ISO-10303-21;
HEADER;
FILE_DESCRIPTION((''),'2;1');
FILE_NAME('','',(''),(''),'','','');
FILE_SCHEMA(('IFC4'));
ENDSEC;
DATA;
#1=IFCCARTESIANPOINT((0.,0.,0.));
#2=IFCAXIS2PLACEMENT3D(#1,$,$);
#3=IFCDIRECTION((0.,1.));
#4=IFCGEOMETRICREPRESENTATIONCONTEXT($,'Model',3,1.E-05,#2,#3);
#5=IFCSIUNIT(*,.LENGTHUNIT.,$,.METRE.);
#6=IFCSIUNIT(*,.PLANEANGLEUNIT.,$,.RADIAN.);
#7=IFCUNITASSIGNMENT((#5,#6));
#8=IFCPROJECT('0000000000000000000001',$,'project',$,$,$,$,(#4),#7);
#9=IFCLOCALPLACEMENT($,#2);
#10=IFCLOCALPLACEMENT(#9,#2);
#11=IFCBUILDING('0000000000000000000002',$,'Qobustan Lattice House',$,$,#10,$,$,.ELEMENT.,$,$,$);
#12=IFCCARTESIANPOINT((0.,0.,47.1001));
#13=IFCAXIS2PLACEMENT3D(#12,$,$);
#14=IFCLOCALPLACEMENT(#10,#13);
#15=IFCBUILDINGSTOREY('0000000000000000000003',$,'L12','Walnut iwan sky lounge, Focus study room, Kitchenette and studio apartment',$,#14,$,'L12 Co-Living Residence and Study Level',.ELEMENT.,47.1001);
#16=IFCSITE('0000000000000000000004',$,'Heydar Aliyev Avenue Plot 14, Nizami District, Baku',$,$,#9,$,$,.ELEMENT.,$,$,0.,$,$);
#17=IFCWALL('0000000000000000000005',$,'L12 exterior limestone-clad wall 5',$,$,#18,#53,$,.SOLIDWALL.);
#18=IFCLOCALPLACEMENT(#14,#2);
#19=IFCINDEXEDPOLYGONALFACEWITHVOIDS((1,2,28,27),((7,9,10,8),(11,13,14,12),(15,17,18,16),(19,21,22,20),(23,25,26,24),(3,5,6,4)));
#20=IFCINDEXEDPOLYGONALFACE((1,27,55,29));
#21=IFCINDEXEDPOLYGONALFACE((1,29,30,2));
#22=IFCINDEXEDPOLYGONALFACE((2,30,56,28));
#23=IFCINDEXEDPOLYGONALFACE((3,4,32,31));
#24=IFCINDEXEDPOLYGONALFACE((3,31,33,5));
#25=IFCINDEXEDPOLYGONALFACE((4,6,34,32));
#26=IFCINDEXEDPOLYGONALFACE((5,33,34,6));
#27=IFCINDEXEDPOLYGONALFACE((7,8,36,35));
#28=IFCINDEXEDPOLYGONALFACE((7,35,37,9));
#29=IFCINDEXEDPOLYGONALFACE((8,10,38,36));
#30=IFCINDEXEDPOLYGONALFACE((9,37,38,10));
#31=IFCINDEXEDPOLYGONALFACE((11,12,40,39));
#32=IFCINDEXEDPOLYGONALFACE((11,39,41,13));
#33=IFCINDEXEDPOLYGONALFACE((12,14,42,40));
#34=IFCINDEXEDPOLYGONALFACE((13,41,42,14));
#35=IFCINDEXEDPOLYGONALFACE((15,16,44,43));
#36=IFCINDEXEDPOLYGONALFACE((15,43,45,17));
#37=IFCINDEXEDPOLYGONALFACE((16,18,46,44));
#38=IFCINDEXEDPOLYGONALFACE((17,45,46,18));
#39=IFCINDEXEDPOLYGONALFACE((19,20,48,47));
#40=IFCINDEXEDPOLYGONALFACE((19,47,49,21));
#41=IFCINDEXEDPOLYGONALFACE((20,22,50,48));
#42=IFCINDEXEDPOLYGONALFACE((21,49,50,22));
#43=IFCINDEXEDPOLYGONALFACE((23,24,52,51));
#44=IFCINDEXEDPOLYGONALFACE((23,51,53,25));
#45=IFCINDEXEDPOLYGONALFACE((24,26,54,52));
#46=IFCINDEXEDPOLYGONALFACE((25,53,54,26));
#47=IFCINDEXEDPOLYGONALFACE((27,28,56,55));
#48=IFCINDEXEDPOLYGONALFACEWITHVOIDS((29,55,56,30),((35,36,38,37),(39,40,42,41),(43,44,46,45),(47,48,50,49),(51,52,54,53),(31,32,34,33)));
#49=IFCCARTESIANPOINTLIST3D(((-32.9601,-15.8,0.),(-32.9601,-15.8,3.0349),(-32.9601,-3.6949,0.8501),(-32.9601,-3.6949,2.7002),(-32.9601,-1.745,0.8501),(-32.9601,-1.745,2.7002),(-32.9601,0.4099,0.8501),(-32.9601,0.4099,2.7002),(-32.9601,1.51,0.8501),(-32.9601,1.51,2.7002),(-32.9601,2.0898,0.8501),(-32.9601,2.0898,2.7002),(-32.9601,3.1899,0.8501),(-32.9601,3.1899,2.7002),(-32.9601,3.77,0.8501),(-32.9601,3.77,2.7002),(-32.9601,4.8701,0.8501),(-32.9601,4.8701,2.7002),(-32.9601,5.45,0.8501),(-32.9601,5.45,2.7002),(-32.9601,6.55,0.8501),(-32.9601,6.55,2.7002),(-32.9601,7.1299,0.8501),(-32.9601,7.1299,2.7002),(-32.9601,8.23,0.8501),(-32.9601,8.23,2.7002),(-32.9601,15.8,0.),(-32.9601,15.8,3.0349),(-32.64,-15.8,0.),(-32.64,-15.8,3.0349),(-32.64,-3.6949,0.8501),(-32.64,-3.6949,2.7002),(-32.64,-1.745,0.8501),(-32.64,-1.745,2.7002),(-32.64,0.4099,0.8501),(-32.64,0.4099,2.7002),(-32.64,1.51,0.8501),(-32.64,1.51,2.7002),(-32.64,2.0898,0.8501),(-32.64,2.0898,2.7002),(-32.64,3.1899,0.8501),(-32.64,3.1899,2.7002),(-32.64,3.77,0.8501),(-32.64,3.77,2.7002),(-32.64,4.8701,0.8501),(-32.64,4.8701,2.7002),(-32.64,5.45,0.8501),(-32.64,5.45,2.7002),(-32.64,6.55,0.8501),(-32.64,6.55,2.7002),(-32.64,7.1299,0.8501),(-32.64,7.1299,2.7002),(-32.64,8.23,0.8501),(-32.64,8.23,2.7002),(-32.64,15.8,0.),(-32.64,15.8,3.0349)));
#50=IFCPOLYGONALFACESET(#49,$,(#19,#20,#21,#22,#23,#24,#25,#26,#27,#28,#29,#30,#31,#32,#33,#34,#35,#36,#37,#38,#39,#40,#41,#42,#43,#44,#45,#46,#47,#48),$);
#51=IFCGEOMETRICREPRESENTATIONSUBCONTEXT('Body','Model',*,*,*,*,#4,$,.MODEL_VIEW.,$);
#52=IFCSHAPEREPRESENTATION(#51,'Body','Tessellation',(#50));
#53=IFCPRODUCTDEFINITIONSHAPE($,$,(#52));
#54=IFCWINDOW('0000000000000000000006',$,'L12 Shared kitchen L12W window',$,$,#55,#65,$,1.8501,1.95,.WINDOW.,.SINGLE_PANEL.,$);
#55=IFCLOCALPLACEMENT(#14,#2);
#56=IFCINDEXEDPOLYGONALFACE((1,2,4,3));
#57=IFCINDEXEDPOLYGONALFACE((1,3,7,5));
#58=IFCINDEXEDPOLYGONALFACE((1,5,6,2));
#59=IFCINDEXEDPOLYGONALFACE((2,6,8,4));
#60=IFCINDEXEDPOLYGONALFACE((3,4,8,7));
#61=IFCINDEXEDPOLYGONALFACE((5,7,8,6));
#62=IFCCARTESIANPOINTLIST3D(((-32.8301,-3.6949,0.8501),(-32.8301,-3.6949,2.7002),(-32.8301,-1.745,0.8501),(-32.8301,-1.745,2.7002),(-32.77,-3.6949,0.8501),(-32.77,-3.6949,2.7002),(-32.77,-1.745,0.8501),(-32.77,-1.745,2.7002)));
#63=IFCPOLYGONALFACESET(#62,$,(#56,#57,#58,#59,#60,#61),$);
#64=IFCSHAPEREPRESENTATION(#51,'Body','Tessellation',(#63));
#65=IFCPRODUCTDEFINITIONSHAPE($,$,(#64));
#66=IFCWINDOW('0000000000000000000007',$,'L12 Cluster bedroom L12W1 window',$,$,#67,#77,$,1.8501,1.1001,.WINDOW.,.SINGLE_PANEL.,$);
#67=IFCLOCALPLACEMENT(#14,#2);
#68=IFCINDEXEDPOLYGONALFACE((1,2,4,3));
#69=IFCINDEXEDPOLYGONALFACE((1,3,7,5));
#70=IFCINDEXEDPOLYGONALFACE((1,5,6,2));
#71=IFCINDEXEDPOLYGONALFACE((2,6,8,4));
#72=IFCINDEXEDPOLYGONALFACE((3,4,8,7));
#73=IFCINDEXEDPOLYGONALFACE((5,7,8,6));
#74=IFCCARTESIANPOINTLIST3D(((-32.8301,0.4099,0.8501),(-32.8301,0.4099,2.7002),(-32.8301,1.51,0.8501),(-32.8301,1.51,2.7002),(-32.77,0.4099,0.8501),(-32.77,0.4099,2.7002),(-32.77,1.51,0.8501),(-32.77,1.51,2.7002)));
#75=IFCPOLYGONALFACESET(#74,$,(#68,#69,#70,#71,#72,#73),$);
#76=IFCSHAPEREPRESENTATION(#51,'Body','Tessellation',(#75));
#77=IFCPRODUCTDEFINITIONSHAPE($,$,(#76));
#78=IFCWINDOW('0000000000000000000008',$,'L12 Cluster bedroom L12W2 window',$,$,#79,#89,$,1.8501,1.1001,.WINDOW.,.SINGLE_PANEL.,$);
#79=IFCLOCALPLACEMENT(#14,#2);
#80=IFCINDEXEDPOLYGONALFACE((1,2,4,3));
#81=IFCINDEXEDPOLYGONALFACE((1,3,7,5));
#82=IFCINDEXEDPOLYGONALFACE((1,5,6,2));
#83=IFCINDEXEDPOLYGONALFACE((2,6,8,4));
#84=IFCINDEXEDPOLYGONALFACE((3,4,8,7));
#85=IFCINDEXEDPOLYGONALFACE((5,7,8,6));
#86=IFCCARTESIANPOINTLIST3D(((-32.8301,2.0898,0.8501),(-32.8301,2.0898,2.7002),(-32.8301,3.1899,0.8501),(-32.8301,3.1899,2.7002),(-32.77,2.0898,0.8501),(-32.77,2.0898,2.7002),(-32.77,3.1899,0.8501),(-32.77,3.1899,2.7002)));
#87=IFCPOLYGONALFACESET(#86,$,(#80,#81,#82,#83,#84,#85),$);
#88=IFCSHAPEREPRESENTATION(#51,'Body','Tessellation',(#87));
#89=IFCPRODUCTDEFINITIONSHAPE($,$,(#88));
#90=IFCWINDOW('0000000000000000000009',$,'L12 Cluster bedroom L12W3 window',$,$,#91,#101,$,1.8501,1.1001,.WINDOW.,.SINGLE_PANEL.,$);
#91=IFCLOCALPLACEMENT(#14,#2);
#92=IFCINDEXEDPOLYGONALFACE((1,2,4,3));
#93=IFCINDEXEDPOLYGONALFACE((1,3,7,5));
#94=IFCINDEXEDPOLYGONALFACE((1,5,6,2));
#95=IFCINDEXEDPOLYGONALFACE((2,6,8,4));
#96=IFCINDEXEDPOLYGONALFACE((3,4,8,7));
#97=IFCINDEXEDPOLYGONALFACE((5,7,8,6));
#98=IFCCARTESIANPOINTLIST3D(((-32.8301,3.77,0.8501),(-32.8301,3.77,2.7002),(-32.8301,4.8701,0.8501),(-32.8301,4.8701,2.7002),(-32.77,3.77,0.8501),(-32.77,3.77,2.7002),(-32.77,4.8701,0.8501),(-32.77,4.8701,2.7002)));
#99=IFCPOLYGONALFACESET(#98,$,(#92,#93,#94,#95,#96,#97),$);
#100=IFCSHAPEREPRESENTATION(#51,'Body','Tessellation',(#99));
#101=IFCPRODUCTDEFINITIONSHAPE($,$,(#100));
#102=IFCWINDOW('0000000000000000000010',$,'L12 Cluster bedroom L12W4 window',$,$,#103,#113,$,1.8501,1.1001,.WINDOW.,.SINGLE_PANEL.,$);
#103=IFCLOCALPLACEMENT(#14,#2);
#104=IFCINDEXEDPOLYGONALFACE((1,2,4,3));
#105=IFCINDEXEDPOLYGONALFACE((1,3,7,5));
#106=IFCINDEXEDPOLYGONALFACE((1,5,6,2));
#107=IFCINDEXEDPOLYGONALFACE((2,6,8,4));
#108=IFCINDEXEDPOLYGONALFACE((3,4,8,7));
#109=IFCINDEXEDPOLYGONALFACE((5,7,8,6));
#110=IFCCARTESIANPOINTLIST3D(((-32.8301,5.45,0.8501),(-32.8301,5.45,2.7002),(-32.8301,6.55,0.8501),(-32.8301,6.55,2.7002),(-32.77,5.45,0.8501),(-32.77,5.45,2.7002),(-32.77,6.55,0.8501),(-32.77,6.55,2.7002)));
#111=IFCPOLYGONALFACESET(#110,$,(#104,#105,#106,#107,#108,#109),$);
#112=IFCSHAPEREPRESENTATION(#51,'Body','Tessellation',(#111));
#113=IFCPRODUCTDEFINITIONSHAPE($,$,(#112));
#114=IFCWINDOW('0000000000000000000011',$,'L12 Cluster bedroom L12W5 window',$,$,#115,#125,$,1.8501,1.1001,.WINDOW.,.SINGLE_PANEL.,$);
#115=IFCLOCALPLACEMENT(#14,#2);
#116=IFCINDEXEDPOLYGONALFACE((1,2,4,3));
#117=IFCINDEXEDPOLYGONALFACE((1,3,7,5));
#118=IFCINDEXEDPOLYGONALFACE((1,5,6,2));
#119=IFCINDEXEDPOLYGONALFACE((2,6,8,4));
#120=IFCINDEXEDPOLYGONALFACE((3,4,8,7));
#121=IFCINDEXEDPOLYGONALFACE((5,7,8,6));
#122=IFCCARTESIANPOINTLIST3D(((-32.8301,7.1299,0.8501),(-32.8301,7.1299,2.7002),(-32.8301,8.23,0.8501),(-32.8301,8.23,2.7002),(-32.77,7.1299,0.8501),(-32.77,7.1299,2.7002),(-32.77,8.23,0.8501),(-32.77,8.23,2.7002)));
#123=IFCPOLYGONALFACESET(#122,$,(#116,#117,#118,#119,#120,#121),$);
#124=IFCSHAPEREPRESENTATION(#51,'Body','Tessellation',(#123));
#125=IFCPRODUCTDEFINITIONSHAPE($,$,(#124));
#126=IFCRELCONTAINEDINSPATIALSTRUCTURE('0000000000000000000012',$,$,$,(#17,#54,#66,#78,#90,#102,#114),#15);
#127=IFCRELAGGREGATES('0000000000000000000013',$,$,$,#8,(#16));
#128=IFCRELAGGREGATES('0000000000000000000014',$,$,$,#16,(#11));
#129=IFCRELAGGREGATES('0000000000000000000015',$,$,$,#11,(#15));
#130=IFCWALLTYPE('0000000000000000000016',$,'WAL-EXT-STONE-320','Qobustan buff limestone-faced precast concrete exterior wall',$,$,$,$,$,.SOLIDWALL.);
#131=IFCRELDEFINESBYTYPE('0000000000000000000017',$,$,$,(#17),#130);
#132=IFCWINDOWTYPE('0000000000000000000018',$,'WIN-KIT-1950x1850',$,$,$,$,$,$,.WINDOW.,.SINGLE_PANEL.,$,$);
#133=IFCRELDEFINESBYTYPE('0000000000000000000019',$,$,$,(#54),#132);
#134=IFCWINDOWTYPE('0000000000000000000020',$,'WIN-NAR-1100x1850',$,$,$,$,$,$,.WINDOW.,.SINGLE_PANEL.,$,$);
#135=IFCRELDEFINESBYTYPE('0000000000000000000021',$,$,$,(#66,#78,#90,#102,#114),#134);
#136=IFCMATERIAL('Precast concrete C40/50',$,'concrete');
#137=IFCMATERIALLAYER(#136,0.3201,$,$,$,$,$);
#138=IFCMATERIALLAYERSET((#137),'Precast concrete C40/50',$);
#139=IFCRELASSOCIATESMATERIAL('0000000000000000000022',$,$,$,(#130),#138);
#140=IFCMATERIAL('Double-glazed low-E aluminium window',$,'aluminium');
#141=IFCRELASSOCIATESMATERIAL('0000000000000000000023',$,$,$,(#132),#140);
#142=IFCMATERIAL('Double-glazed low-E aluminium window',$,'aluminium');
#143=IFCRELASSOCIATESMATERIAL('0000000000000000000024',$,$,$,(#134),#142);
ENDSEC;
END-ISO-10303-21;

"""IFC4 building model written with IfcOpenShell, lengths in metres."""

from ifc_helpers import new_model, si_unit, direction, frame, frame_2d, origin, place, context, subcontext, project, spatial, rectangle, extrude, material, layer, layer_set, type_object, element, fill, save


model = new_model("IFC4")

# Units and contexts
model_context = context("Model", 3, precision=1e-05, world=origin(), true_north=direction((0.0, 1.0)))
body_context = subcontext(model_context, "Body", "Model", "MODEL_VIEW")
ifc_project = project(units=[si_unit("LENGTHUNIT", "METRE"), si_unit("PLANEANGLEUNIT", "RADIAN")], contexts=[model_context])

# Site, building, storey
site_placement = place(None, origin())
site = spatial("IfcSite", under=ifc_project, at=site_placement, Name="Heydar Aliyev Avenue Plot 14, Nizami District, Baku", CompositionType="ELEMENT", RefElevation=0.0)
building_placement = place(site_placement, origin())
building = spatial("IfcBuilding", under=site, at=building_placement, Name="Qobustan Lattice House", CompositionType="ELEMENT")
storey_placement = place(building_placement, frame((0.0, 0.0, 47.1001)))
storey = spatial("IfcBuildingStorey", under=building, at=storey_placement, Name="L12", Description="Walnut iwan sky lounge, Focus study room, Kitchenette and studio apartment", LongName="L12 Co-Living Residence and Study Level", CompositionType="ELEMENT", Elevation=47.1001)

# Shared definitions
ifc_material_1 = material(Name="Precast concrete C40/50", Category="concrete")
ifc_layer_1 = layer(ifc_material_1, 0.3201)
ifc_layer_set_1 = layer_set([ifc_layer_1], Name="Precast concrete C40/50")
wall_type = type_object("IfcWallType", Name="WAL-EXT-STONE-320", Description="Qobustan buff limestone-faced precast concrete exterior wall", PredefinedType="SOLIDWALL", material=ifc_layer_set_1)

# Wall, openings, windows
wall_1_placement = place(storey_placement, frame((-32.8, -15.8, 0.0), z_axis=(0.0, 0.0, 1.0), x_axis=(0.0, 1.0, 0.0)))
wall_1 = element("IfcWall", 1, at=wall_1_placement, inside=storey, type_object=wall_type, Name="L12 exterior limestone-clad wall 5", PredefinedType="SOLIDWALL", context=body_context, shape_type="SweptSolid", body=[
    extrude(rectangle(XDim=31.6001, YDim=0.3201, at=frame_2d((15.8, 0.0))), origin(), (0.0, 0.0, 1.0), 3.0349),
])
opening_1_placement = place(wall_1_placement, frame((12.105, 0.0, 0.8501)))
opening_1 = element("IfcOpeningElement", 2, at=opening_1_placement, cuts=wall_1, PredefinedType="OPENING", context=body_context, shape_type="SweptSolid", body=[
    extrude(rectangle(XDim=1.95, YDim=1.8501, at=frame_2d((0.9751, 0.925))), frame((0.0, 0.1699, 0.0), z_axis=(0.0, -1.0, 0.0), x_axis=(1.0, 0.0, 0.0)), (0.0, 0.0, 1.0), 0.3401),
])
opening_2_placement = place(wall_1_placement, frame((16.21, 0.0, 0.8501)))
opening_2 = element("IfcOpeningElement", 3, at=opening_2_placement, cuts=wall_1, PredefinedType="OPENING", context=body_context, shape_type="SweptSolid", body=[
    extrude(rectangle(XDim=1.1001, YDim=1.8501, at=frame_2d((0.55, 0.925))), frame((0.0, 0.1699, 0.0), z_axis=(0.0, -1.0, 0.0), x_axis=(1.0, 0.0, 0.0)), (0.0, 0.0, 1.0), 0.3401),
])
opening_3_placement = place(wall_1_placement, frame((17.8899, 0.0, 0.8501)))
opening_3 = element("IfcOpeningElement", 4, at=opening_3_placement, cuts=wall_1, PredefinedType="OPENING", context=body_context, shape_type="SweptSolid", body=[
    extrude(rectangle(XDim=1.1001, YDim=1.8501, at=frame_2d((0.55, 0.925))), frame((0.0, 0.1699, 0.0), z_axis=(0.0, -1.0, 0.0), x_axis=(1.0, 0.0, 0.0)), (0.0, 0.0, 1.0), 0.3401),
])
opening_4_placement = place(wall_1_placement, frame((19.5701, 0.0, 0.8501)))
opening_4 = element("IfcOpeningElement", 5, at=opening_4_placement, cuts=wall_1, PredefinedType="OPENING", context=body_context, shape_type="SweptSolid", body=[
    extrude(rectangle(XDim=1.1001, YDim=1.8501, at=frame_2d((0.55, 0.925))), frame((0.0, 0.1699, 0.0), z_axis=(0.0, -1.0, 0.0), x_axis=(1.0, 0.0, 0.0)), (0.0, 0.0, 1.0), 0.3401),
])
opening_5_placement = place(wall_1_placement, frame((21.25, 0.0, 0.8501)))
opening_5 = element("IfcOpeningElement", 6, at=opening_5_placement, cuts=wall_1, PredefinedType="OPENING", context=body_context, shape_type="SweptSolid", body=[
    extrude(rectangle(XDim=1.1001, YDim=1.8501, at=frame_2d((0.55, 0.925))), frame((0.0, 0.1699, 0.0), z_axis=(0.0, -1.0, 0.0), x_axis=(1.0, 0.0, 0.0)), (0.0, 0.0, 1.0), 0.3401),
])
opening_6_placement = place(wall_1_placement, frame((22.9299, 0.0, 0.8501)))
opening_6 = element("IfcOpeningElement", 7, at=opening_6_placement, cuts=wall_1, PredefinedType="OPENING", context=body_context, shape_type="SweptSolid", body=[
    extrude(rectangle(XDim=1.1001, YDim=1.8501, at=frame_2d((0.55, 0.925))), frame((0.0, 0.1699, 0.0), z_axis=(0.0, -1.0, 0.0), x_axis=(1.0, 0.0, 0.0)), (0.0, 0.0, 1.0), 0.3401),
])
ifc_material_2 = material(Name="Double-glazed low-E aluminium window", Category="aluminium")
window_type_1 = type_object("IfcWindowType", Name="WIN-KIT-1950x1850", PartitioningType="SINGLE_PANEL", PredefinedType="WINDOW", material=ifc_material_2)
window_1_placement = place(opening_1_placement, origin())
window_1 = element("IfcWindow", 8, at=window_1_placement, inside=storey, type_object=window_type_1, Name="L12 Shared kitchen L12W window", OverallHeight=1.8501, OverallWidth=1.95, PartitioningType="SINGLE_PANEL", PredefinedType="WINDOW", context=body_context, shape_type="SweptSolid", body=[
    extrude(rectangle(XDim=1.95, YDim=1.8501, at=frame_2d((0.9751, 0.925))), frame((0.0, 0.03, 0.0), z_axis=(0.0, -1.0, 0.0), x_axis=(1.0, 0.0, 0.0)), (0.0, 0.0, 1.0), 0.0601),
])
fill(opening_1, window_1)
ifc_material_3 = material(Name="Double-glazed low-E aluminium window", Category="aluminium")
window_type_2 = type_object("IfcWindowType", Name="WIN-NAR-1100x1850", PartitioningType="SINGLE_PANEL", PredefinedType="WINDOW", material=ifc_material_3)
window_2_placement = place(opening_2_placement, origin())
window_2 = element("IfcWindow", 9, at=window_2_placement, inside=storey, type_object=window_type_2, Name="L12 Cluster bedroom L12W1 window", OverallHeight=1.8501, OverallWidth=1.1001, PartitioningType="SINGLE_PANEL", PredefinedType="WINDOW", context=body_context, shape_type="SweptSolid", body=[
    extrude(rectangle(XDim=1.1001, YDim=1.8501, at=frame_2d((0.55, 0.925))), frame((0.0, 0.03, 0.0), z_axis=(0.0, -1.0, 0.0), x_axis=(1.0, 0.0, 0.0)), (0.0, 0.0, 1.0), 0.0601),
])
fill(opening_2, window_2)
window_3_placement = place(opening_3_placement, origin())
window_3 = element("IfcWindow", 10, at=window_3_placement, inside=storey, type_object=window_type_2, Name="L12 Cluster bedroom L12W2 window", OverallHeight=1.8501, OverallWidth=1.1001, PartitioningType="SINGLE_PANEL", PredefinedType="WINDOW", context=body_context, shape_type="SweptSolid", body=[
    extrude(rectangle(XDim=1.1001, YDim=1.8501, at=frame_2d((0.55, 0.925))), frame((0.0, 0.03, 0.0), z_axis=(0.0, -1.0, 0.0), x_axis=(1.0, 0.0, 0.0)), (0.0, 0.0, 1.0), 0.0601),
])
fill(opening_3, window_3)
window_4_placement = place(opening_4_placement, origin())
window_4 = element("IfcWindow", 11, at=window_4_placement, inside=storey, type_object=window_type_2, Name="L12 Cluster bedroom L12W3 window", OverallHeight=1.8501, OverallWidth=1.1001, PartitioningType="SINGLE_PANEL", PredefinedType="WINDOW", context=body_context, shape_type="SweptSolid", body=[
    extrude(rectangle(XDim=1.1001, YDim=1.8501, at=frame_2d((0.55, 0.925))), frame((0.0, 0.03, 0.0), z_axis=(0.0, -1.0, 0.0), x_axis=(1.0, 0.0, 0.0)), (0.0, 0.0, 1.0), 0.0601),
])
fill(opening_4, window_4)
window_5_placement = place(opening_5_placement, origin())
window_5 = element("IfcWindow", 12, at=window_5_placement, inside=storey, type_object=window_type_2, Name="L12 Cluster bedroom L12W4 window", OverallHeight=1.8501, OverallWidth=1.1001, PartitioningType="SINGLE_PANEL", PredefinedType="WINDOW", context=body_context, shape_type="SweptSolid", body=[
    extrude(rectangle(XDim=1.1001, YDim=1.8501, at=frame_2d((0.55, 0.925))), frame((0.0, 0.03, 0.0), z_axis=(0.0, -1.0, 0.0), x_axis=(1.0, 0.0, 0.0)), (0.0, 0.0, 1.0), 0.0601),
])
fill(opening_5, window_5)
window_6_placement = place(opening_6_placement, origin())
window_6 = element("IfcWindow", 13, at=window_6_placement, inside=storey, type_object=window_type_2, Name="L12 Cluster bedroom L12W5 window", OverallHeight=1.8501, OverallWidth=1.1001, PartitioningType="SINGLE_PANEL", PredefinedType="WINDOW", context=body_context, shape_type="SweptSolid", body=[
    extrude(rectangle(XDim=1.1001, YDim=1.8501, at=frame_2d((0.55, 0.925))), frame((0.0, 0.03, 0.0), z_axis=(0.0, -1.0, 0.0), x_axis=(1.0, 0.0, 0.0)), (0.0, 0.0, 1.0), 0.0601),
])
fill(opening_6, window_6)

save(model, "model.ifc")
